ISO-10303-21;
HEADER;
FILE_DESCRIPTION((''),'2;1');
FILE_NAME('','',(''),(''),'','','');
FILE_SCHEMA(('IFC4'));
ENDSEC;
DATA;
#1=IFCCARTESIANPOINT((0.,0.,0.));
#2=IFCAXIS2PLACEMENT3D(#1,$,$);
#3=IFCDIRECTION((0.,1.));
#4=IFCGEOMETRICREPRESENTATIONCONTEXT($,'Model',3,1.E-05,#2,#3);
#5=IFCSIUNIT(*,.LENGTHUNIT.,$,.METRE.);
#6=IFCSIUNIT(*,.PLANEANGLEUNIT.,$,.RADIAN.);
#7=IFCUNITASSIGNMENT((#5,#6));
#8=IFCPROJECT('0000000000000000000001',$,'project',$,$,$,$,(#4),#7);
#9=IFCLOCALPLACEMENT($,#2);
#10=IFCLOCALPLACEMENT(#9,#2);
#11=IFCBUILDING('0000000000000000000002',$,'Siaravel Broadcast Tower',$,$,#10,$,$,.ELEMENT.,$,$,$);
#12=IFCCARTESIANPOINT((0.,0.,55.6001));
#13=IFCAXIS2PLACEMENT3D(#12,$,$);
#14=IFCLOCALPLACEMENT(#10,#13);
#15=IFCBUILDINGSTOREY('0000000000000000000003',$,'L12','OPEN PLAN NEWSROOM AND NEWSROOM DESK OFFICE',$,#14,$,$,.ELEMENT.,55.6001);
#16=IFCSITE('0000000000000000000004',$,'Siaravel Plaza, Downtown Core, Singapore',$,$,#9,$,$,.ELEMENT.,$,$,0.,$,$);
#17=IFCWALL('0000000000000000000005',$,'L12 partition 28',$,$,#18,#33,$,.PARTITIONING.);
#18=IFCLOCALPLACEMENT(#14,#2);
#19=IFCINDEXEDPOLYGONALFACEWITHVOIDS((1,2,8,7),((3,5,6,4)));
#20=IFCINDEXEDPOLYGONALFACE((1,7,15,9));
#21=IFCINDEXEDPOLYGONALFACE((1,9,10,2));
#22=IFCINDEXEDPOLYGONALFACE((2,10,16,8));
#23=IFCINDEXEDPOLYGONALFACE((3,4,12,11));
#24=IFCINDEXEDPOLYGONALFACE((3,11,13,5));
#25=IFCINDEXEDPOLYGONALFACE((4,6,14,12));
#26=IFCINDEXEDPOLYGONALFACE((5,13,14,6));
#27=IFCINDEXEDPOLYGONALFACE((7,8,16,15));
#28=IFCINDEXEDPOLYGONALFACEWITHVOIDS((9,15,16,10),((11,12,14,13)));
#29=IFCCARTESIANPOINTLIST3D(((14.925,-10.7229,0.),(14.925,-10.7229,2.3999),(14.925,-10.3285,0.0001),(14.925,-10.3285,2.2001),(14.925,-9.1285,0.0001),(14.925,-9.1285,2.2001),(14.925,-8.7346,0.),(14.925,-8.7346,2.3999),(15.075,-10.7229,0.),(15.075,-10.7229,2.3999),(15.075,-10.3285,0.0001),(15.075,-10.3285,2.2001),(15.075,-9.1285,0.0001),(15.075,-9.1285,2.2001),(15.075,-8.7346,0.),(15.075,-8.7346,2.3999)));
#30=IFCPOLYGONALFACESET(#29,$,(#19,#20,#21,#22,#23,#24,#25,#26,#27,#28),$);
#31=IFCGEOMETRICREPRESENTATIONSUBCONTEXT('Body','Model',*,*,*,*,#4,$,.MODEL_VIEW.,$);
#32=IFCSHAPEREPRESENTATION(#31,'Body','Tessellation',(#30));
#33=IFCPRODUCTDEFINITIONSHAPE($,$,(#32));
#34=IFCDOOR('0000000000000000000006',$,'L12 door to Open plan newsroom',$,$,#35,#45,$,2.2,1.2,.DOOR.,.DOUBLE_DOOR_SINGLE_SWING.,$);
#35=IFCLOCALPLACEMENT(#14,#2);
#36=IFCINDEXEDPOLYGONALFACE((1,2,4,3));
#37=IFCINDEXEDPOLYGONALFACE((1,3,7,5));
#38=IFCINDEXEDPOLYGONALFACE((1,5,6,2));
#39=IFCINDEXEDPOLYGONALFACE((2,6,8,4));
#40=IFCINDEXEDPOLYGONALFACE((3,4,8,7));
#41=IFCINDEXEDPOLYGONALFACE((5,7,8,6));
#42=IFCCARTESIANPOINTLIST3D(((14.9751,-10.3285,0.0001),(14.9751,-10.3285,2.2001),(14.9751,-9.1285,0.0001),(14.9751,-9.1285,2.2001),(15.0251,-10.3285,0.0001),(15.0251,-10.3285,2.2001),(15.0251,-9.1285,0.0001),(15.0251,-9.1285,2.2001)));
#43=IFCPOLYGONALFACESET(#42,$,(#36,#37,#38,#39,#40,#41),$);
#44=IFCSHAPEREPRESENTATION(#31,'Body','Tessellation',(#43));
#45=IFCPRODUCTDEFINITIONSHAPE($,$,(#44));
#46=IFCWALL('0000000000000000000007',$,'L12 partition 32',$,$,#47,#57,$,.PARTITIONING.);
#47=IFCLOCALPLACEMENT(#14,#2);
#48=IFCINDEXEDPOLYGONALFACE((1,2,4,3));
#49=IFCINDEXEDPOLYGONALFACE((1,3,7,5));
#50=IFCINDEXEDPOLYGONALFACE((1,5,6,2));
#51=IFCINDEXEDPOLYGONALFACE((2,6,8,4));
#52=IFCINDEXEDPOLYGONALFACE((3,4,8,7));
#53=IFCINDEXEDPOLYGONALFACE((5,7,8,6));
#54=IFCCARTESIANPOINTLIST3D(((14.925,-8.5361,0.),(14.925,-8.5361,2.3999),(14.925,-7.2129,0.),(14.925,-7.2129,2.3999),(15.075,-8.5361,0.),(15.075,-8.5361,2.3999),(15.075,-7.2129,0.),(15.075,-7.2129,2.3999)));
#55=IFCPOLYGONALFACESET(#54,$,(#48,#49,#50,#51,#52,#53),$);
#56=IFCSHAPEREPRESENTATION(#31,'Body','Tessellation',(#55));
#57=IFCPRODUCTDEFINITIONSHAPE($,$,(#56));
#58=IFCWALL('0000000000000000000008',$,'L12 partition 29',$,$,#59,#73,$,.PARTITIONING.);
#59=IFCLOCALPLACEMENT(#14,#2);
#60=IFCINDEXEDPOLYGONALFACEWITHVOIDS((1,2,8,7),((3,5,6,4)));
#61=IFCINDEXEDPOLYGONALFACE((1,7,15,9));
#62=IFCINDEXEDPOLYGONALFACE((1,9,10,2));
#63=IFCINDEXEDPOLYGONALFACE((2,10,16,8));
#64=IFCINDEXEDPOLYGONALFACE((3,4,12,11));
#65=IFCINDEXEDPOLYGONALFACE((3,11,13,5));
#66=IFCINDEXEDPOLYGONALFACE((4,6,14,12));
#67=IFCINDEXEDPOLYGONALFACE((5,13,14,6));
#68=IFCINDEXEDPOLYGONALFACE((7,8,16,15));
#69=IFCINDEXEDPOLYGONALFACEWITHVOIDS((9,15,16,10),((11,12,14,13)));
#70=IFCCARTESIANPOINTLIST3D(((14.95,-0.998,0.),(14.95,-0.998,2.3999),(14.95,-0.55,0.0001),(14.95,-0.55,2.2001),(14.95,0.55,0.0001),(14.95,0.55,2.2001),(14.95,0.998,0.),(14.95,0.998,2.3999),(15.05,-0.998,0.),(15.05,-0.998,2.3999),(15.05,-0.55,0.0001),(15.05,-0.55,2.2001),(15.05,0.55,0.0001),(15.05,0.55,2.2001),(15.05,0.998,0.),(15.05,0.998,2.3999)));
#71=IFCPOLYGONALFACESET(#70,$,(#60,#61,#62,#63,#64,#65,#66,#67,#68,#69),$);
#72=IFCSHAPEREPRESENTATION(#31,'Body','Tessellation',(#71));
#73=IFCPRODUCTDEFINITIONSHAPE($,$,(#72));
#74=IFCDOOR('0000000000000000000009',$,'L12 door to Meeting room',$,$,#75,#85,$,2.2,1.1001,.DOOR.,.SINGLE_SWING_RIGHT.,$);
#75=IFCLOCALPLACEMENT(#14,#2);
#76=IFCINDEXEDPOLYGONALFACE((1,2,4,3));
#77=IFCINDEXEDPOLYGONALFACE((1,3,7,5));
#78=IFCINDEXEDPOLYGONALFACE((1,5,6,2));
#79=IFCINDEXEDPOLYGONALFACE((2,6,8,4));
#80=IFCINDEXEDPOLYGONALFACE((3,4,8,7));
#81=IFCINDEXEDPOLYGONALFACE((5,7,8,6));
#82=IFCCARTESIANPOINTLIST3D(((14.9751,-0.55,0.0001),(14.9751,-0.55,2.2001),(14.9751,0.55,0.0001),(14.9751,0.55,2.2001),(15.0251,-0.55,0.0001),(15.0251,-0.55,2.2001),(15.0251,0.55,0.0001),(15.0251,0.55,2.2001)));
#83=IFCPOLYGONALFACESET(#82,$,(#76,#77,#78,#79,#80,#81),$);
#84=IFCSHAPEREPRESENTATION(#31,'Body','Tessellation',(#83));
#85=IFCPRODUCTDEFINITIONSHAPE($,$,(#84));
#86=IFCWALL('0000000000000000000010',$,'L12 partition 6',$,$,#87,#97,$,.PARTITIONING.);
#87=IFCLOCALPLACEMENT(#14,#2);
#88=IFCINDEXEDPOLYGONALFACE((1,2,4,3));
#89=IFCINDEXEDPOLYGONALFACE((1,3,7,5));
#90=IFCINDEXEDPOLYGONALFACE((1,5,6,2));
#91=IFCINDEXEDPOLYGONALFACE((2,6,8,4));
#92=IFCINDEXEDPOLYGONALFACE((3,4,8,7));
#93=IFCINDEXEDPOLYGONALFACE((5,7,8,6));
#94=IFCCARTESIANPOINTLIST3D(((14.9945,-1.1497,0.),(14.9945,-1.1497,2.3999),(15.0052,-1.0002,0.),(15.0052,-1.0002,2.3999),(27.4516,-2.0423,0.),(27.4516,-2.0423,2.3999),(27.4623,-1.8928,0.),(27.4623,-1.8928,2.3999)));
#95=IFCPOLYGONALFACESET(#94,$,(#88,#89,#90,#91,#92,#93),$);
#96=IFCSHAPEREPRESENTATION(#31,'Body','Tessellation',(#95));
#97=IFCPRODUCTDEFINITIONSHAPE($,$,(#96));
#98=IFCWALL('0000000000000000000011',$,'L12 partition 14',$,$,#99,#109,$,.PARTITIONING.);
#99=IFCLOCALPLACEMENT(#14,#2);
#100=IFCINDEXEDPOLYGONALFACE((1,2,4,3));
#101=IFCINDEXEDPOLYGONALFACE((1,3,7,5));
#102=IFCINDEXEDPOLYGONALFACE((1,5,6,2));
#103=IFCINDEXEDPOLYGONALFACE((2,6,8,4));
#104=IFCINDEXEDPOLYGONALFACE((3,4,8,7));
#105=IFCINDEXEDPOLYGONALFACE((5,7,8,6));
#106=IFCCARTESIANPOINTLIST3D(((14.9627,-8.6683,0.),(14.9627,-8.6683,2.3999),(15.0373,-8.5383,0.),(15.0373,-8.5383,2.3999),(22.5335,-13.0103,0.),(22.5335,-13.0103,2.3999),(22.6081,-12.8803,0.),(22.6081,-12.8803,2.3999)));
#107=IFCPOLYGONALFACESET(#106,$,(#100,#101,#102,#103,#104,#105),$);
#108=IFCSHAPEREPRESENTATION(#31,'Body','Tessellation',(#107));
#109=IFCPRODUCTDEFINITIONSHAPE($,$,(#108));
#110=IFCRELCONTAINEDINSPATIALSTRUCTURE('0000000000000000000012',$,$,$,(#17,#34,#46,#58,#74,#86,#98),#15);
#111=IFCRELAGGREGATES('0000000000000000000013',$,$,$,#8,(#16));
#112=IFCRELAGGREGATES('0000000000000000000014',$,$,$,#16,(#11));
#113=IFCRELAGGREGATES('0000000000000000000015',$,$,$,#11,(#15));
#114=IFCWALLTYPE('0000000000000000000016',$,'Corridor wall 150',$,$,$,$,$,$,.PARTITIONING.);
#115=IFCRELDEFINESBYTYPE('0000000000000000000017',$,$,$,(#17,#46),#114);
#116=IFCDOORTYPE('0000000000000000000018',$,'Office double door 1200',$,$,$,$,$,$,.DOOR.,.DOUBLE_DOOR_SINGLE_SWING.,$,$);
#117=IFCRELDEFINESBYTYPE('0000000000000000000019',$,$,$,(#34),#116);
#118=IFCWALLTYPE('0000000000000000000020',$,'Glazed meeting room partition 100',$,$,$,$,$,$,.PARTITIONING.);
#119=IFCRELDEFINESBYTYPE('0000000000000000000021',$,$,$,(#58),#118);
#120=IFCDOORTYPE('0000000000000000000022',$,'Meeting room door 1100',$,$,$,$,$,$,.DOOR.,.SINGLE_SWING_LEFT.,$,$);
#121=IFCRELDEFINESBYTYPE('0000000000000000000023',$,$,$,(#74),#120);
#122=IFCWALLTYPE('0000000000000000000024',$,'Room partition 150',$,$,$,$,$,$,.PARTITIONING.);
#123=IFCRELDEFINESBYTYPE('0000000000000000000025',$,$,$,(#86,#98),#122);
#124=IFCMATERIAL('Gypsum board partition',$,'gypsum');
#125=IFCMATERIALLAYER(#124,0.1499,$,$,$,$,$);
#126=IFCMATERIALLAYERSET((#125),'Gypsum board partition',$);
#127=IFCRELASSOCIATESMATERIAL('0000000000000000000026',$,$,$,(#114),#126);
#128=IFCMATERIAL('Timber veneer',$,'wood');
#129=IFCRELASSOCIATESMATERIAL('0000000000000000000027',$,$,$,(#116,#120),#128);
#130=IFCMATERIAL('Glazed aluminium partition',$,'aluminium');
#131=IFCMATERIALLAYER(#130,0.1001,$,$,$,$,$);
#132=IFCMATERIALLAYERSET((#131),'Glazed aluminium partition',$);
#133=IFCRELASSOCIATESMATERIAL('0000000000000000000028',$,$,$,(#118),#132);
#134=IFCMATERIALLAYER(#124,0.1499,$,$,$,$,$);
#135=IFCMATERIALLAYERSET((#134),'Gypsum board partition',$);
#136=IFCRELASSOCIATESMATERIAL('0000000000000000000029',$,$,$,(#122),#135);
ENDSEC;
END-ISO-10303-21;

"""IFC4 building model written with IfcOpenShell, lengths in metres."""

from ifc_helpers import new_model, si_unit, direction, frame, frame_2d, origin, place, context, subcontext, project, spatial, rectangle, extrude, material, layer, layer_set, type_object, element, fill, save


model = new_model("IFC4")

# Units and contexts
model_context = context("Model", 3, precision=1e-05, world=origin(), true_north=direction((0.0, 1.0)))
body_context = subcontext(model_context, "Body", "Model", "MODEL_VIEW")
ifc_project = project(units=[si_unit("LENGTHUNIT", "METRE"), si_unit("PLANEANGLEUNIT", "RADIAN")], contexts=[model_context])

# Site, building, storey
site_placement = place(None, origin())
site = spatial("IfcSite", under=ifc_project, at=site_placement, Name="Siaravel Plaza, Downtown Core, Singapore", CompositionType="ELEMENT", RefElevation=0.0)
building_placement = place(site_placement, origin())
building = spatial("IfcBuilding", under=site, at=building_placement, Name="Siaravel Broadcast Tower", CompositionType="ELEMENT")
storey_placement = place(building_placement, frame((0.0, 0.0, 55.6001)))
storey = spatial("IfcBuildingStorey", under=building, at=storey_placement, Name="L12", Description="OPEN PLAN NEWSROOM AND NEWSROOM DESK OFFICE", CompositionType="ELEMENT", Elevation=55.6001)

# Wall, opening, door
ifc_material_1 = material(Name="Gypsum board partition", Category="gypsum")
ifc_layer_1 = layer(ifc_material_1, 0.1499)
ifc_layer_set_1 = layer_set([ifc_layer_1], Name="Gypsum board partition")
wall_type_1 = type_object("IfcWallType", Name="Corridor wall 150", PredefinedType="PARTITIONING", material=ifc_layer_set_1)
ifc_material_2 = material(Name="Timber veneer", Category="wood")
door_type_1 = type_object("IfcDoorType", Name="Office double door 1200", OperationType="DOUBLE_DOOR_SINGLE_SWING", PredefinedType="DOOR", material=ifc_material_2)
wall_1_placement = place(storey_placement, frame((15.0, -10.7229, 0.0), z_axis=(0.0, 0.0, 1.0), x_axis=(0.0, 1.0, 0.0)))
wall_1 = element("IfcWall", 1, at=wall_1_placement, inside=storey, type_object=wall_type_1, Name="L12 partition 28", PredefinedType="PARTITIONING", context=body_context, shape_type="SweptSolid", body=[
    extrude(rectangle(XDim=1.9883, YDim=0.1499, at=frame_2d((0.9941, 0.0))), origin(), (0.0, 0.0, 1.0), 2.3999),
])
opening_1_placement = place(wall_1_placement, frame((0.3943, 0.0, 0.0)))
opening_1 = element("IfcOpeningElement", 2, at=opening_1_placement, cuts=wall_1, PredefinedType="OPENING", context=body_context, shape_type="SweptSolid", body=[
    extrude(rectangle(XDim=1.2, YDim=2.2, at=frame_2d((0.6001, 1.1001))), frame((0.0, 0.085, 0.0), z_axis=(0.0, -1.0, 0.0), x_axis=(1.0, 0.0, 0.0)), (0.0, 0.0, 1.0), 0.1699),
])
door_1_placement = place(opening_1_placement, origin())
door_1 = element("IfcDoor", 3, at=door_1_placement, inside=storey, type_object=door_type_1, Name="L12 door to Open plan newsroom", OperationType="DOUBLE_DOOR_SINGLE_SWING", OverallHeight=2.2, OverallWidth=1.2, PredefinedType="DOOR", context=body_context, shape_type="SweptSolid", body=[
    extrude(rectangle(XDim=1.2, YDim=2.2, at=frame_2d((0.6001, 1.1001))), frame((0.0, 0.0249, 0.0), z_axis=(0.0, -1.0, 0.0), x_axis=(1.0, 0.0, 0.0)), (0.0, 0.0, 1.0), 0.05),
])
fill(opening_1, door_1)

# Wall
wall_2_placement = place(storey_placement, frame((15.0, -8.5361, 0.0), z_axis=(0.0, 0.0, 1.0), x_axis=(0.0, 1.0, 0.0)))
element("IfcWall", 4, at=wall_2_placement, inside=storey, type_object=wall_type_1, Name="L12 partition 32", PredefinedType="PARTITIONING", context=body_context, shape_type="SweptSolid", body=[
    extrude(rectangle(XDim=1.3232, YDim=0.1499, at=frame_2d((0.6616, 0.0))), origin(), (0.0, 0.0, 1.0), 2.3999),
])

# Wall, opening, door
ifc_material_3 = material(Name="Glazed aluminium partition", Category="aluminium")
ifc_layer_2 = layer(ifc_material_3, 0.1001)
ifc_layer_set_2 = layer_set([ifc_layer_2], Name="Glazed aluminium partition")
wall_type_2 = type_object("IfcWallType", Name="Glazed meeting room partition 100", PredefinedType="PARTITIONING", material=ifc_layer_set_2)
wall_3_placement = place(storey_placement, frame((15.0, -0.998, 0.0), z_axis=(0.0, 0.0, 1.0), x_axis=(0.0, 1.0, 0.0)))
wall_3 = element("IfcWall", 5, at=wall_3_placement, inside=storey, type_object=wall_type_2, Name="L12 partition 29", PredefinedType="PARTITIONING", context=body_context, shape_type="SweptSolid", body=[
    extrude(rectangle(XDim=1.9961, YDim=0.1001, at=frame_2d((0.998, 0.0))), origin(), (0.0, 0.0, 1.0), 2.3999),
])
opening_2_placement = place(wall_3_placement, frame((0.448, 0.0, 0.0)))
opening_2 = element("IfcOpeningElement", 6, at=opening_2_placement, cuts=wall_3, PredefinedType="OPENING", context=body_context, shape_type="SweptSolid", body=[
    extrude(rectangle(XDim=1.1001, YDim=2.2, at=frame_2d((0.55, 1.1001))), frame((0.0, 0.0601, 0.0), z_axis=(0.0, -1.0, 0.0), x_axis=(1.0, 0.0, 0.0)), (0.0, 0.0, 1.0), 0.1201),
])
door_type_2 = type_object("IfcDoorType", Name="Meeting room door 1100", OperationType="SINGLE_SWING_LEFT", PredefinedType="DOOR", material=ifc_material_2)
door_2_placement = place(opening_2_placement, origin())
door_2 = element("IfcDoor", 7, at=door_2_placement, inside=storey, type_object=door_type_2, Name="L12 door to Meeting room", OperationType="SINGLE_SWING_RIGHT", OverallHeight=2.2, OverallWidth=1.1001, PredefinedType="DOOR", context=body_context, shape_type="SweptSolid", body=[
    extrude(rectangle(XDim=1.1001, YDim=2.2, at=frame_2d((0.55, 1.1001))), frame((0.0, 0.0249, 0.0), z_axis=(0.0, -1.0, 0.0), x_axis=(1.0, 0.0, 0.0)), (0.0, 0.0, 1.0), 0.05),
])
fill(opening_2, door_2)

# Walls
ifc_layer_3 = layer(ifc_material_1, 0.1499)
ifc_layer_set_3 = layer_set([ifc_layer_3], Name="Gypsum board partition")
wall_type_3 = type_object("IfcWallType", Name="Room partition 150", PredefinedType="PARTITIONING", material=ifc_layer_set_3)
wall_4_placement = place(storey_placement, frame((27.457, -1.9675, 0.0), z_axis=(0.0, 0.0, 1.0), x_axis=(-0.997443, 0.071469, 0.0)))
element("IfcWall", 8, at=wall_4_placement, inside=storey, type_object=wall_type_3, Name="L12 partition 6", PredefinedType="PARTITIONING", context=body_context, shape_type="SweptSolid", body=[
    extrude(rectangle(XDim=12.489, YDim=0.1499, at=frame_2d((6.2446, 0.0))), origin(), (0.0, 0.0, 1.0), 2.3999),
])
wall_5_placement = place(storey_placement, frame((22.5708, -12.9453, 0.0), z_axis=(0.0, 0.0, 1.0), x_axis=(-0.867459, 0.497509, 0.0)))
element("IfcWall", 9, at=wall_5_placement, inside=storey, type_object=wall_type_3, Name="L12 partition 14", PredefinedType="PARTITIONING", context=body_context, shape_type="SweptSolid", body=[
    extrude(rectangle(XDim=8.7275, YDim=0.1499, at=frame_2d((4.3638, 0.0))), origin(), (0.0, 0.0, 1.0), 2.3999),
])

save(model, "model.ifc")
